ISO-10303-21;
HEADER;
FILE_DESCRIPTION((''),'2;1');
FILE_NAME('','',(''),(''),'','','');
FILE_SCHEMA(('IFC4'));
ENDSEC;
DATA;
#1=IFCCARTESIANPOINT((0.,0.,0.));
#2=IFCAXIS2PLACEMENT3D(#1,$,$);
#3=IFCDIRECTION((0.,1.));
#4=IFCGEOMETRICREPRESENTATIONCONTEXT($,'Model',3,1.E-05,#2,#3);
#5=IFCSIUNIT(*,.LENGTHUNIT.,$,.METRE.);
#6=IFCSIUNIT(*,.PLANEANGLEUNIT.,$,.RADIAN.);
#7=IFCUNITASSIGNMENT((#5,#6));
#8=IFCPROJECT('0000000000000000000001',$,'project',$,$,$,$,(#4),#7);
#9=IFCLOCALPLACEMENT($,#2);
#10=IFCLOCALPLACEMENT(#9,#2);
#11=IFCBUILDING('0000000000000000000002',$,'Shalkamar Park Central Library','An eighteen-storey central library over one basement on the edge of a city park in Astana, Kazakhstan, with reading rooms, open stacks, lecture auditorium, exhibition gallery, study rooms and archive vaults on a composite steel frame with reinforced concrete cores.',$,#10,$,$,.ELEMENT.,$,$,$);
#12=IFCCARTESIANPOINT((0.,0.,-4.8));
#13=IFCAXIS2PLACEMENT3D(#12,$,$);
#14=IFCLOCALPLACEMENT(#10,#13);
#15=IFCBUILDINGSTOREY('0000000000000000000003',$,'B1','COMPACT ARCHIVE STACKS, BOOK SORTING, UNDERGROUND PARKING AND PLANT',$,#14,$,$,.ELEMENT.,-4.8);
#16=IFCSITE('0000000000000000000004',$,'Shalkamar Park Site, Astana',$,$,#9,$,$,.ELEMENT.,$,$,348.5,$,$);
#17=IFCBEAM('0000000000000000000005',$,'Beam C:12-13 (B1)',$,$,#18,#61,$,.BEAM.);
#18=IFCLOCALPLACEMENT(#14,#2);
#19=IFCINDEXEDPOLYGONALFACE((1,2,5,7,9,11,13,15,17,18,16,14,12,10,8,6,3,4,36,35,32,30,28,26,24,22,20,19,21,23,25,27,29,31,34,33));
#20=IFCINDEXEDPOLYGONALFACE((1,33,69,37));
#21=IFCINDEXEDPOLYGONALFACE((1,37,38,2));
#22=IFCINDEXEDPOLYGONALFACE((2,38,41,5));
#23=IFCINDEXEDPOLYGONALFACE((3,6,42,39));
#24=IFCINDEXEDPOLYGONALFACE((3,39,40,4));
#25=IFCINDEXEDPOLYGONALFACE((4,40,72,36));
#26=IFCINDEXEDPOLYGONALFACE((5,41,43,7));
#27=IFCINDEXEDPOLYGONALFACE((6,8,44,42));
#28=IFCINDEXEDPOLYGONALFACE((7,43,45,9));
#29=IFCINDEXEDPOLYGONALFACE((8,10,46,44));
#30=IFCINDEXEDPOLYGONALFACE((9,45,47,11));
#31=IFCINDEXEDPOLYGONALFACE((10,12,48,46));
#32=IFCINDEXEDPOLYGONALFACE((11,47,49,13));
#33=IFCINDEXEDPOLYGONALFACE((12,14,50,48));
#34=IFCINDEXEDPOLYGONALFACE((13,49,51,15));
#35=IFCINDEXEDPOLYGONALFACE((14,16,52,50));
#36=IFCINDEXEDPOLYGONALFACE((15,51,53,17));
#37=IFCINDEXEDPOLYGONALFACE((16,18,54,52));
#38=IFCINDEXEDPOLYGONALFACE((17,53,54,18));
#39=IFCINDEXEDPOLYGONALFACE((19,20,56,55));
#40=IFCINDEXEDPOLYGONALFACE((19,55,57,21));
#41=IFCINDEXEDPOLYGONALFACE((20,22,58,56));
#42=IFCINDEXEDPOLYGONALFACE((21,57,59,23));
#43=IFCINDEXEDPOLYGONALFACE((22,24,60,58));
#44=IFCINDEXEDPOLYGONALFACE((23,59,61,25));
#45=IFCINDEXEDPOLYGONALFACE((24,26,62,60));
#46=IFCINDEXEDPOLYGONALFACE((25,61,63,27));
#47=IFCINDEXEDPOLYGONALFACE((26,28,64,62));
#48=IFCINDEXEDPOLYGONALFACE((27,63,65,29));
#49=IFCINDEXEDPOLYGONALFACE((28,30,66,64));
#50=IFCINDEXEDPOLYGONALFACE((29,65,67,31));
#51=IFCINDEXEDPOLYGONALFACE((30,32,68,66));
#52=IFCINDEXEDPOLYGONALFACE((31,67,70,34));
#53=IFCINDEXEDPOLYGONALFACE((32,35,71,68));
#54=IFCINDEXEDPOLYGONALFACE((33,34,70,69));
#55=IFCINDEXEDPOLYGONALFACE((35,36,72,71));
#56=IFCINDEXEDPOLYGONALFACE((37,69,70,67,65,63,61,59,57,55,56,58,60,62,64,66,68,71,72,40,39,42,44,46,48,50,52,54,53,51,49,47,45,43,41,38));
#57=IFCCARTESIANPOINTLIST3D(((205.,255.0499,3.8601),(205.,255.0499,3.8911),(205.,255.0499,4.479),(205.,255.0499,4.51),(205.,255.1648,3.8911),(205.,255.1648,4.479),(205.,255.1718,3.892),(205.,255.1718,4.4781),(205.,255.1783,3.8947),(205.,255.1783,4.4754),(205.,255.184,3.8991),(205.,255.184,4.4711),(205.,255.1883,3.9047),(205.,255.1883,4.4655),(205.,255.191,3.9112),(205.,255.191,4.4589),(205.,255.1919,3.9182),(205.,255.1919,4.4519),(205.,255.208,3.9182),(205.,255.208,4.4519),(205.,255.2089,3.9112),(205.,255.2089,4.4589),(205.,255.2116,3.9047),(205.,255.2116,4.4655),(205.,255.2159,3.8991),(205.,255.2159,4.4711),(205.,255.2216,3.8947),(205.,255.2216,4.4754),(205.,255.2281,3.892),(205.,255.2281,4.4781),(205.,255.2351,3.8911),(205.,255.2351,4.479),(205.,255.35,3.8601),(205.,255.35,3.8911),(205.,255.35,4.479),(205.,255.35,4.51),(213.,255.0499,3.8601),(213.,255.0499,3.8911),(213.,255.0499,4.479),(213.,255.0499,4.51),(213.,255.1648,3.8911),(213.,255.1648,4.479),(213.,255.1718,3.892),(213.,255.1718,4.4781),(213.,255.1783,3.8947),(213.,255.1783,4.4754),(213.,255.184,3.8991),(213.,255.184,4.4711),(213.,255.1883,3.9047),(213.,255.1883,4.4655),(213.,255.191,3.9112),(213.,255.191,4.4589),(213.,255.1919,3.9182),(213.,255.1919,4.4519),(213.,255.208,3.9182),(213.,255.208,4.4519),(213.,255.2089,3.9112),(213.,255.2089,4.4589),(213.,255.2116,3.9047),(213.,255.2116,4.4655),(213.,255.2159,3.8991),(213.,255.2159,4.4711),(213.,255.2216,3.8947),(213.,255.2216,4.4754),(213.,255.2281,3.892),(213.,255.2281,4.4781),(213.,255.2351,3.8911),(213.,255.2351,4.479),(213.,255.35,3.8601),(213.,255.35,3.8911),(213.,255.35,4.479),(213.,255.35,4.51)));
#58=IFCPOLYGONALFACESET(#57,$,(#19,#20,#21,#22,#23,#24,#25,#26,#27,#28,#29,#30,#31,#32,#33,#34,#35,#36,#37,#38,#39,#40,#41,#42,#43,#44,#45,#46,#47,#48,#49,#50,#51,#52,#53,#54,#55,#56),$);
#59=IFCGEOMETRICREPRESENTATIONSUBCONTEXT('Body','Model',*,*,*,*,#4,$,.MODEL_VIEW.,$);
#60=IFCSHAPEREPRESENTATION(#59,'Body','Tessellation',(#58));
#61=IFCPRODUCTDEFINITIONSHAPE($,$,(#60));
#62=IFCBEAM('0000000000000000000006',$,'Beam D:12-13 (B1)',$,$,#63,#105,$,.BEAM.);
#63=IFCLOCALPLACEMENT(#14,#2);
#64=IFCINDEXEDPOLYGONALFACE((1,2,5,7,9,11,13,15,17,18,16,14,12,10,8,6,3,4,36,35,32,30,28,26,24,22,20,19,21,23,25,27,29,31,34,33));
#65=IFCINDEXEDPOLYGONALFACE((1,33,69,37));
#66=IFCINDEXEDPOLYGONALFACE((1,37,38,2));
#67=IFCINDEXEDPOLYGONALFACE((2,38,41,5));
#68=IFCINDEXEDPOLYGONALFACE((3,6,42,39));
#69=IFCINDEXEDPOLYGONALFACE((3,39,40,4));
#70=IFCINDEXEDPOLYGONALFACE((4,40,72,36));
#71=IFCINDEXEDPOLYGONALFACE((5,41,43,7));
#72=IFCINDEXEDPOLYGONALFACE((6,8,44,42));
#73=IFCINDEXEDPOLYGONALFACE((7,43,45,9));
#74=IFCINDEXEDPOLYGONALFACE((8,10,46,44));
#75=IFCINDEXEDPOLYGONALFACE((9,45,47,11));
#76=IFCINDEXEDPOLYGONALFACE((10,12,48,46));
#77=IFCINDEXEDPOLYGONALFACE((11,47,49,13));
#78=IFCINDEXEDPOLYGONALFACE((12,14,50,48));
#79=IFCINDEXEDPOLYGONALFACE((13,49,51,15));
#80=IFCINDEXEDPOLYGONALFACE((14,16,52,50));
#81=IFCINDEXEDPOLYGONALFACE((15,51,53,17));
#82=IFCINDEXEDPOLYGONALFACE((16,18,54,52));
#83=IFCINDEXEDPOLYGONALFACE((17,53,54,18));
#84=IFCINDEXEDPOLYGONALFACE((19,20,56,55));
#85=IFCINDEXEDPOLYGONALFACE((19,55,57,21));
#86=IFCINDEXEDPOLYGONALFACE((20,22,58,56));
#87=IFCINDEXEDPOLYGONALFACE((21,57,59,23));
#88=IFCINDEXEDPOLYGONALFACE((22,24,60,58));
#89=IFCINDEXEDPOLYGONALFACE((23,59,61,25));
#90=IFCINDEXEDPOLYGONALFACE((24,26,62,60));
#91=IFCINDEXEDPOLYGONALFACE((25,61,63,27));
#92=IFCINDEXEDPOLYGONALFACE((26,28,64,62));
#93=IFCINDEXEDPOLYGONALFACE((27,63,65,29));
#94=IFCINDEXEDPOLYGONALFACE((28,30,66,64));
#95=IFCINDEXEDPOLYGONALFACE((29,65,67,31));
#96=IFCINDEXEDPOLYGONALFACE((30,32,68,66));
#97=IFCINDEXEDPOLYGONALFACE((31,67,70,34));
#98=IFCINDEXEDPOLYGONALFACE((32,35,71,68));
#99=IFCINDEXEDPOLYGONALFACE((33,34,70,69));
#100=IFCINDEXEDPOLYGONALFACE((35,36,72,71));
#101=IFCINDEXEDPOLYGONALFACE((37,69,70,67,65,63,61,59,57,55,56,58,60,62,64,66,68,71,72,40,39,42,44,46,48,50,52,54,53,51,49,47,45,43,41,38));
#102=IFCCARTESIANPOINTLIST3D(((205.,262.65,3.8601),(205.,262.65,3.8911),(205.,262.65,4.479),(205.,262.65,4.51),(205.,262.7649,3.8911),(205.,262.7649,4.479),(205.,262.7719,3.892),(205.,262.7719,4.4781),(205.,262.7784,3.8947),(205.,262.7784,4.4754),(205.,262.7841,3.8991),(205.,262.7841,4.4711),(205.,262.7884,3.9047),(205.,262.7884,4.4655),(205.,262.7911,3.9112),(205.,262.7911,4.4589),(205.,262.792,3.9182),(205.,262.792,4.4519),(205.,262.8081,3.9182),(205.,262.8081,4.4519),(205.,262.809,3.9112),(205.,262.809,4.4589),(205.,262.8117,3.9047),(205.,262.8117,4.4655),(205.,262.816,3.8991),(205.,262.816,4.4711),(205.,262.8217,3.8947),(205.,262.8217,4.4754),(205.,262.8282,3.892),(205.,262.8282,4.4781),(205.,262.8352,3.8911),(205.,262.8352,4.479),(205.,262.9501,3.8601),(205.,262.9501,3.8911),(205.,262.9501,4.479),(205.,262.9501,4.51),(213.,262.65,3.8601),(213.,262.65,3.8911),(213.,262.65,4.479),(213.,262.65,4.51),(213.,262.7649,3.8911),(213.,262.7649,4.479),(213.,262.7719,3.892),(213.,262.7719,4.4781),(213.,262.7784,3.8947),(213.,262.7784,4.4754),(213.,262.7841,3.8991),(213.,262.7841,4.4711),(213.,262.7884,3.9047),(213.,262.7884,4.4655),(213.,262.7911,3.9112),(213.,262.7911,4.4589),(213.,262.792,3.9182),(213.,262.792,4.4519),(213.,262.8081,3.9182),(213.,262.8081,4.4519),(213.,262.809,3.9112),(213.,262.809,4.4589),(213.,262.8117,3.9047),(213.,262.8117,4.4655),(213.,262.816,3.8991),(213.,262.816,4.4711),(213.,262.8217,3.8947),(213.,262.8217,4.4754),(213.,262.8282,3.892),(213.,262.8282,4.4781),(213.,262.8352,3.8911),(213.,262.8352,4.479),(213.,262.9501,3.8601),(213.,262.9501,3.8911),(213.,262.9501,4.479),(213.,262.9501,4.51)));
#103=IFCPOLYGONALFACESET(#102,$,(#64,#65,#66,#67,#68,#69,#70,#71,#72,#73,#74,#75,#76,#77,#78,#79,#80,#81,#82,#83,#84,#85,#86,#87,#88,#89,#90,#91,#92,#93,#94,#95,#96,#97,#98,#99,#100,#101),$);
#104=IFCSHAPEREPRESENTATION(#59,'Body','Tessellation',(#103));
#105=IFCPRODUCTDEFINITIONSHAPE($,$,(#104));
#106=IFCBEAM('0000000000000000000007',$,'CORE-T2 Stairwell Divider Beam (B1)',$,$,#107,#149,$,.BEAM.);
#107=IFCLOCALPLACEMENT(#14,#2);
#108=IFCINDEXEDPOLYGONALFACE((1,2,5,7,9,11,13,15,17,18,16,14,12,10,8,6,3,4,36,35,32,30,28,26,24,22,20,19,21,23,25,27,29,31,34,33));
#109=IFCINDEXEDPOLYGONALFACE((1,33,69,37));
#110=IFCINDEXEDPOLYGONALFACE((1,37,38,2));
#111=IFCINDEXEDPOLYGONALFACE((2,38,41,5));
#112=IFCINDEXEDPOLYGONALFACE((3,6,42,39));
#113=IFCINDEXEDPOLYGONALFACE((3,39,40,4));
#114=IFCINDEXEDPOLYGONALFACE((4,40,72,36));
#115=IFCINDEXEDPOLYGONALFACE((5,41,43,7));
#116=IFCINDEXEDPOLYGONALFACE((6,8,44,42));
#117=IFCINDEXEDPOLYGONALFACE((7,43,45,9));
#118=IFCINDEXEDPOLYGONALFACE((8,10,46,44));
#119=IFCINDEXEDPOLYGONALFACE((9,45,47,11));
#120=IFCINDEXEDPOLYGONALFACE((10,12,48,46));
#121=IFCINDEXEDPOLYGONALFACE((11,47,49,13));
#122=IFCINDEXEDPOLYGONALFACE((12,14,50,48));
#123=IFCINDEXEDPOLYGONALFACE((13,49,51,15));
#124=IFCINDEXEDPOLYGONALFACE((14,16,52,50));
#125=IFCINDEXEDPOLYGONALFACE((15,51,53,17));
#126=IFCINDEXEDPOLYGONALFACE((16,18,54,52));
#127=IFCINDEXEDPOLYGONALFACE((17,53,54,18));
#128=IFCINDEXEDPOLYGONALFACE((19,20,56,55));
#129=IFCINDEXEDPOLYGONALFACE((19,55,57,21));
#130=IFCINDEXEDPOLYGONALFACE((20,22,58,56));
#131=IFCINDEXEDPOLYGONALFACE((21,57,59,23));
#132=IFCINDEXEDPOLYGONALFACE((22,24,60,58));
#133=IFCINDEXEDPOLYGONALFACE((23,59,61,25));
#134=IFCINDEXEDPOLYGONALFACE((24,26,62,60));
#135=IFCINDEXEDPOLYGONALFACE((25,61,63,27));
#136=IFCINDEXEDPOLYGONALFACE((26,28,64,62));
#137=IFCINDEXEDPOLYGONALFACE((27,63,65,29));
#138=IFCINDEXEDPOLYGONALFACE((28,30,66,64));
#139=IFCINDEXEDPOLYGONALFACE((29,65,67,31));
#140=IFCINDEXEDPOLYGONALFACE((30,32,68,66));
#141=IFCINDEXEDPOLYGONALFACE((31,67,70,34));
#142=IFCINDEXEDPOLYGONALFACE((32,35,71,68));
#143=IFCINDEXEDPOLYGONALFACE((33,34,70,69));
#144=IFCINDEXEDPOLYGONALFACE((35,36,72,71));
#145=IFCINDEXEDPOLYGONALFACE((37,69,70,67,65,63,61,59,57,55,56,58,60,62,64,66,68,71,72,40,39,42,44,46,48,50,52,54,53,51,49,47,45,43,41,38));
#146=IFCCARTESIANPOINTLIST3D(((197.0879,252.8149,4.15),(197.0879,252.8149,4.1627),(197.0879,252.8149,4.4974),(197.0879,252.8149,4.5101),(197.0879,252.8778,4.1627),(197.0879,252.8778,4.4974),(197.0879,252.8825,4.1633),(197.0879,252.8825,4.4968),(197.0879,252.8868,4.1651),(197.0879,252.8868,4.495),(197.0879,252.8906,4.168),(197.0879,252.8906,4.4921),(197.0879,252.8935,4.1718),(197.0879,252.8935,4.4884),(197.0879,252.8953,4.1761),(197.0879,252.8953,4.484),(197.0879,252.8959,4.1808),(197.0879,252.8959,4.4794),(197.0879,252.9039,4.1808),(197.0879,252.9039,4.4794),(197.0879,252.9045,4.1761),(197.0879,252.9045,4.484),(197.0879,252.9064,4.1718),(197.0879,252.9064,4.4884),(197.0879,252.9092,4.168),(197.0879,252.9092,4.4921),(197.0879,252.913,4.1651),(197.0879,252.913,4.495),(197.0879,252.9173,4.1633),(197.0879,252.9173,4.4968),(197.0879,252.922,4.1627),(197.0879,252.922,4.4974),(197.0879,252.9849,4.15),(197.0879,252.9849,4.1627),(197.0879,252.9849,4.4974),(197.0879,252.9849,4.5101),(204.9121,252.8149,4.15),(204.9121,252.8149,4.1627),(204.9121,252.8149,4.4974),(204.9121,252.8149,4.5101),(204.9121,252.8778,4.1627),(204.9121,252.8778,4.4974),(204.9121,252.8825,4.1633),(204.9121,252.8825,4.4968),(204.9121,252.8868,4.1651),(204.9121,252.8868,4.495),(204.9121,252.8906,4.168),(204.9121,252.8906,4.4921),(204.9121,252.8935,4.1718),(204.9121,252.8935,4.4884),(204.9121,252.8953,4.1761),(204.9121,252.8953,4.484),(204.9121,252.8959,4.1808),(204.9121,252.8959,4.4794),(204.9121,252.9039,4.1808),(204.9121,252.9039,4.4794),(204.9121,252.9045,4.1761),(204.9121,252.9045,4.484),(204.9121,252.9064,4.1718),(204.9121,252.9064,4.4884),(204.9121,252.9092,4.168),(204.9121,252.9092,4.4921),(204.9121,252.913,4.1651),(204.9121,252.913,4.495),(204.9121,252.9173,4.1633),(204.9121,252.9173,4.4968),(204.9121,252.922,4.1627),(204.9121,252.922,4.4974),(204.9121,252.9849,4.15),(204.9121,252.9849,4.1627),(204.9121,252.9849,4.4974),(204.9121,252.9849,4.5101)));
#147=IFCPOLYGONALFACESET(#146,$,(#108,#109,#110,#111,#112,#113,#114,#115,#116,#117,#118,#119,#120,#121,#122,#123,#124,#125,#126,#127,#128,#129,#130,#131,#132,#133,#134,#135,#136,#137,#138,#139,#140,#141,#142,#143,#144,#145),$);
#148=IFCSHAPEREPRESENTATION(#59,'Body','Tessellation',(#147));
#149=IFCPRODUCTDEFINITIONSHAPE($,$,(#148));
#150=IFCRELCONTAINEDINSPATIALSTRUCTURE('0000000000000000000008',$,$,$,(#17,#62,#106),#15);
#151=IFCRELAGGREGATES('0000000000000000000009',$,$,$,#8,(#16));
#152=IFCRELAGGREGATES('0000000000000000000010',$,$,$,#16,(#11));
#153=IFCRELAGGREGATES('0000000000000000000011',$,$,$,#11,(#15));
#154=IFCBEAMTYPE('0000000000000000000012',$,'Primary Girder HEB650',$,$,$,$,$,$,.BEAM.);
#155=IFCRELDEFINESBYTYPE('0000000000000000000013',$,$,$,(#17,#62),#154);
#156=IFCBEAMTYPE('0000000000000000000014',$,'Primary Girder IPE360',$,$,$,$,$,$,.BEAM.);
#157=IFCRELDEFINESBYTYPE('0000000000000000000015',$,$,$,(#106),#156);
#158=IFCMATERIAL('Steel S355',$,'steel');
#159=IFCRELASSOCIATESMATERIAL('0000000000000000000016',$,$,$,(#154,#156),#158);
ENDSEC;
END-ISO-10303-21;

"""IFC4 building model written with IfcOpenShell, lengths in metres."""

from ifc_helpers import new_model, si_unit, direction, frame, origin, origin_2d, place, context, subcontext, project, spatial, i_section, extrude, material, material_profile, profile_set, type_object, element, save


model = new_model("IFC4")

# Units and contexts
model_context = context("Model", 3, precision=1e-05, world=origin(), true_north=direction((0.0, 1.0)))
body_context = subcontext(model_context, "Body", "Model", "MODEL_VIEW")
ifc_project = project(units=[si_unit("LENGTHUNIT", "METRE"), si_unit("PLANEANGLEUNIT", "RADIAN")], contexts=[model_context])

# Site, building, storey
site_placement = place(None, origin())
site = spatial("IfcSite", under=ifc_project, at=site_placement, Name="Shalkamar Park Site, Astana", CompositionType="ELEMENT", RefElevation=348.5)
building_placement = place(site_placement, origin())
building = spatial("IfcBuilding", under=site, at=building_placement, Name="Shalkamar Park Central Library", Description="An eighteen-storey central library over one basement on the edge of a city park in Astana, Kazakhstan, with reading rooms, open stacks, lecture auditorium, exhibition gallery, study rooms and archive vaults on a composite steel frame with reinforced concrete cores.", CompositionType="ELEMENT")
storey_placement = place(building_placement, frame((0.0, 0.0, -4.8)))
storey = spatial("IfcBuildingStorey", under=building, at=storey_placement, Name="B1", Description="COMPACT ARCHIVE STACKS, BOOK SORTING, UNDERGROUND PARKING AND PLANT", CompositionType="ELEMENT", Elevation=-4.8)

# Shared definitions
ifc_material_1 = material(Name="Steel S355", Category="steel")

# Beams
ifc_material_profile_1 = material_profile(ifc_material_1, i_section(OverallWidth=0.3, OverallDepth=0.6499, WebThickness=0.0161, FlangeThickness=0.031, FilletRadius=0.0271, at=origin_2d()), Name="HEB 650")
ifc_profile_set_1 = profile_set([ifc_material_profile_1], Name="Steel S355")
beam_type_1 = type_object("IfcBeamType", Name="Primary Girder HEB650", PredefinedType="BEAM", material=ifc_profile_set_1)
for number, where, z_axis, x_axis, name in (
    (1, (205.0, 255.2, 4.1851), (1.0, 0.0, 0.0), (0.0, 1.0, 0.0), "Beam C:12-13 (B1)"),
    (2, (205.0, 262.8, 4.1851), (1.0, 0.0, 0.0), (0.0, 1.0, 0.0), "Beam D:12-13 (B1)"),
):
    element("IfcBeam", number, at=place(storey_placement, frame(where, z_axis=z_axis, x_axis=x_axis)), inside=storey, type_object=beam_type_1, Name=name, PredefinedType="BEAM", context=body_context, shape_type="SweptSolid", body=[
        extrude(i_section(OverallWidth=0.3, OverallDepth=0.6499, WebThickness=0.0161, FlangeThickness=0.031, FilletRadius=0.0271, at=origin_2d()), origin(), (0.0, 0.0, 1.0), 8.0),
    ])
ifc_material_profile_2 = material_profile(ifc_material_1, i_section(OverallWidth=0.1699, OverallDepth=0.3601, WebThickness=0.0081, FlangeThickness=0.0127, FilletRadius=0.0181, at=origin_2d()), Name="IPE 360")
ifc_profile_set_2 = profile_set([ifc_material_profile_2], Name="Steel S355")
beam_type_2 = type_object("IfcBeamType", Name="Primary Girder IPE360", PredefinedType="BEAM", material=ifc_profile_set_2)
beam_1_placement = place(storey_placement, frame((197.0879, 252.8999, 4.3301), z_axis=(1.0, 0.0, 0.0), x_axis=(0.0, 1.0, 0.0)))
element("IfcBeam", 3, at=beam_1_placement, inside=storey, type_object=beam_type_2, Name="CORE-T2 Stairwell Divider Beam (B1)", PredefinedType="BEAM", context=body_context, shape_type="SweptSolid", body=[
    extrude(i_section(OverallWidth=0.1699, OverallDepth=0.3601, WebThickness=0.0081, FlangeThickness=0.0127, FilletRadius=0.0181, at=origin_2d()), origin(), (0.0, 0.0, 1.0), 7.8242),
])

save(model, "model.ifc")
